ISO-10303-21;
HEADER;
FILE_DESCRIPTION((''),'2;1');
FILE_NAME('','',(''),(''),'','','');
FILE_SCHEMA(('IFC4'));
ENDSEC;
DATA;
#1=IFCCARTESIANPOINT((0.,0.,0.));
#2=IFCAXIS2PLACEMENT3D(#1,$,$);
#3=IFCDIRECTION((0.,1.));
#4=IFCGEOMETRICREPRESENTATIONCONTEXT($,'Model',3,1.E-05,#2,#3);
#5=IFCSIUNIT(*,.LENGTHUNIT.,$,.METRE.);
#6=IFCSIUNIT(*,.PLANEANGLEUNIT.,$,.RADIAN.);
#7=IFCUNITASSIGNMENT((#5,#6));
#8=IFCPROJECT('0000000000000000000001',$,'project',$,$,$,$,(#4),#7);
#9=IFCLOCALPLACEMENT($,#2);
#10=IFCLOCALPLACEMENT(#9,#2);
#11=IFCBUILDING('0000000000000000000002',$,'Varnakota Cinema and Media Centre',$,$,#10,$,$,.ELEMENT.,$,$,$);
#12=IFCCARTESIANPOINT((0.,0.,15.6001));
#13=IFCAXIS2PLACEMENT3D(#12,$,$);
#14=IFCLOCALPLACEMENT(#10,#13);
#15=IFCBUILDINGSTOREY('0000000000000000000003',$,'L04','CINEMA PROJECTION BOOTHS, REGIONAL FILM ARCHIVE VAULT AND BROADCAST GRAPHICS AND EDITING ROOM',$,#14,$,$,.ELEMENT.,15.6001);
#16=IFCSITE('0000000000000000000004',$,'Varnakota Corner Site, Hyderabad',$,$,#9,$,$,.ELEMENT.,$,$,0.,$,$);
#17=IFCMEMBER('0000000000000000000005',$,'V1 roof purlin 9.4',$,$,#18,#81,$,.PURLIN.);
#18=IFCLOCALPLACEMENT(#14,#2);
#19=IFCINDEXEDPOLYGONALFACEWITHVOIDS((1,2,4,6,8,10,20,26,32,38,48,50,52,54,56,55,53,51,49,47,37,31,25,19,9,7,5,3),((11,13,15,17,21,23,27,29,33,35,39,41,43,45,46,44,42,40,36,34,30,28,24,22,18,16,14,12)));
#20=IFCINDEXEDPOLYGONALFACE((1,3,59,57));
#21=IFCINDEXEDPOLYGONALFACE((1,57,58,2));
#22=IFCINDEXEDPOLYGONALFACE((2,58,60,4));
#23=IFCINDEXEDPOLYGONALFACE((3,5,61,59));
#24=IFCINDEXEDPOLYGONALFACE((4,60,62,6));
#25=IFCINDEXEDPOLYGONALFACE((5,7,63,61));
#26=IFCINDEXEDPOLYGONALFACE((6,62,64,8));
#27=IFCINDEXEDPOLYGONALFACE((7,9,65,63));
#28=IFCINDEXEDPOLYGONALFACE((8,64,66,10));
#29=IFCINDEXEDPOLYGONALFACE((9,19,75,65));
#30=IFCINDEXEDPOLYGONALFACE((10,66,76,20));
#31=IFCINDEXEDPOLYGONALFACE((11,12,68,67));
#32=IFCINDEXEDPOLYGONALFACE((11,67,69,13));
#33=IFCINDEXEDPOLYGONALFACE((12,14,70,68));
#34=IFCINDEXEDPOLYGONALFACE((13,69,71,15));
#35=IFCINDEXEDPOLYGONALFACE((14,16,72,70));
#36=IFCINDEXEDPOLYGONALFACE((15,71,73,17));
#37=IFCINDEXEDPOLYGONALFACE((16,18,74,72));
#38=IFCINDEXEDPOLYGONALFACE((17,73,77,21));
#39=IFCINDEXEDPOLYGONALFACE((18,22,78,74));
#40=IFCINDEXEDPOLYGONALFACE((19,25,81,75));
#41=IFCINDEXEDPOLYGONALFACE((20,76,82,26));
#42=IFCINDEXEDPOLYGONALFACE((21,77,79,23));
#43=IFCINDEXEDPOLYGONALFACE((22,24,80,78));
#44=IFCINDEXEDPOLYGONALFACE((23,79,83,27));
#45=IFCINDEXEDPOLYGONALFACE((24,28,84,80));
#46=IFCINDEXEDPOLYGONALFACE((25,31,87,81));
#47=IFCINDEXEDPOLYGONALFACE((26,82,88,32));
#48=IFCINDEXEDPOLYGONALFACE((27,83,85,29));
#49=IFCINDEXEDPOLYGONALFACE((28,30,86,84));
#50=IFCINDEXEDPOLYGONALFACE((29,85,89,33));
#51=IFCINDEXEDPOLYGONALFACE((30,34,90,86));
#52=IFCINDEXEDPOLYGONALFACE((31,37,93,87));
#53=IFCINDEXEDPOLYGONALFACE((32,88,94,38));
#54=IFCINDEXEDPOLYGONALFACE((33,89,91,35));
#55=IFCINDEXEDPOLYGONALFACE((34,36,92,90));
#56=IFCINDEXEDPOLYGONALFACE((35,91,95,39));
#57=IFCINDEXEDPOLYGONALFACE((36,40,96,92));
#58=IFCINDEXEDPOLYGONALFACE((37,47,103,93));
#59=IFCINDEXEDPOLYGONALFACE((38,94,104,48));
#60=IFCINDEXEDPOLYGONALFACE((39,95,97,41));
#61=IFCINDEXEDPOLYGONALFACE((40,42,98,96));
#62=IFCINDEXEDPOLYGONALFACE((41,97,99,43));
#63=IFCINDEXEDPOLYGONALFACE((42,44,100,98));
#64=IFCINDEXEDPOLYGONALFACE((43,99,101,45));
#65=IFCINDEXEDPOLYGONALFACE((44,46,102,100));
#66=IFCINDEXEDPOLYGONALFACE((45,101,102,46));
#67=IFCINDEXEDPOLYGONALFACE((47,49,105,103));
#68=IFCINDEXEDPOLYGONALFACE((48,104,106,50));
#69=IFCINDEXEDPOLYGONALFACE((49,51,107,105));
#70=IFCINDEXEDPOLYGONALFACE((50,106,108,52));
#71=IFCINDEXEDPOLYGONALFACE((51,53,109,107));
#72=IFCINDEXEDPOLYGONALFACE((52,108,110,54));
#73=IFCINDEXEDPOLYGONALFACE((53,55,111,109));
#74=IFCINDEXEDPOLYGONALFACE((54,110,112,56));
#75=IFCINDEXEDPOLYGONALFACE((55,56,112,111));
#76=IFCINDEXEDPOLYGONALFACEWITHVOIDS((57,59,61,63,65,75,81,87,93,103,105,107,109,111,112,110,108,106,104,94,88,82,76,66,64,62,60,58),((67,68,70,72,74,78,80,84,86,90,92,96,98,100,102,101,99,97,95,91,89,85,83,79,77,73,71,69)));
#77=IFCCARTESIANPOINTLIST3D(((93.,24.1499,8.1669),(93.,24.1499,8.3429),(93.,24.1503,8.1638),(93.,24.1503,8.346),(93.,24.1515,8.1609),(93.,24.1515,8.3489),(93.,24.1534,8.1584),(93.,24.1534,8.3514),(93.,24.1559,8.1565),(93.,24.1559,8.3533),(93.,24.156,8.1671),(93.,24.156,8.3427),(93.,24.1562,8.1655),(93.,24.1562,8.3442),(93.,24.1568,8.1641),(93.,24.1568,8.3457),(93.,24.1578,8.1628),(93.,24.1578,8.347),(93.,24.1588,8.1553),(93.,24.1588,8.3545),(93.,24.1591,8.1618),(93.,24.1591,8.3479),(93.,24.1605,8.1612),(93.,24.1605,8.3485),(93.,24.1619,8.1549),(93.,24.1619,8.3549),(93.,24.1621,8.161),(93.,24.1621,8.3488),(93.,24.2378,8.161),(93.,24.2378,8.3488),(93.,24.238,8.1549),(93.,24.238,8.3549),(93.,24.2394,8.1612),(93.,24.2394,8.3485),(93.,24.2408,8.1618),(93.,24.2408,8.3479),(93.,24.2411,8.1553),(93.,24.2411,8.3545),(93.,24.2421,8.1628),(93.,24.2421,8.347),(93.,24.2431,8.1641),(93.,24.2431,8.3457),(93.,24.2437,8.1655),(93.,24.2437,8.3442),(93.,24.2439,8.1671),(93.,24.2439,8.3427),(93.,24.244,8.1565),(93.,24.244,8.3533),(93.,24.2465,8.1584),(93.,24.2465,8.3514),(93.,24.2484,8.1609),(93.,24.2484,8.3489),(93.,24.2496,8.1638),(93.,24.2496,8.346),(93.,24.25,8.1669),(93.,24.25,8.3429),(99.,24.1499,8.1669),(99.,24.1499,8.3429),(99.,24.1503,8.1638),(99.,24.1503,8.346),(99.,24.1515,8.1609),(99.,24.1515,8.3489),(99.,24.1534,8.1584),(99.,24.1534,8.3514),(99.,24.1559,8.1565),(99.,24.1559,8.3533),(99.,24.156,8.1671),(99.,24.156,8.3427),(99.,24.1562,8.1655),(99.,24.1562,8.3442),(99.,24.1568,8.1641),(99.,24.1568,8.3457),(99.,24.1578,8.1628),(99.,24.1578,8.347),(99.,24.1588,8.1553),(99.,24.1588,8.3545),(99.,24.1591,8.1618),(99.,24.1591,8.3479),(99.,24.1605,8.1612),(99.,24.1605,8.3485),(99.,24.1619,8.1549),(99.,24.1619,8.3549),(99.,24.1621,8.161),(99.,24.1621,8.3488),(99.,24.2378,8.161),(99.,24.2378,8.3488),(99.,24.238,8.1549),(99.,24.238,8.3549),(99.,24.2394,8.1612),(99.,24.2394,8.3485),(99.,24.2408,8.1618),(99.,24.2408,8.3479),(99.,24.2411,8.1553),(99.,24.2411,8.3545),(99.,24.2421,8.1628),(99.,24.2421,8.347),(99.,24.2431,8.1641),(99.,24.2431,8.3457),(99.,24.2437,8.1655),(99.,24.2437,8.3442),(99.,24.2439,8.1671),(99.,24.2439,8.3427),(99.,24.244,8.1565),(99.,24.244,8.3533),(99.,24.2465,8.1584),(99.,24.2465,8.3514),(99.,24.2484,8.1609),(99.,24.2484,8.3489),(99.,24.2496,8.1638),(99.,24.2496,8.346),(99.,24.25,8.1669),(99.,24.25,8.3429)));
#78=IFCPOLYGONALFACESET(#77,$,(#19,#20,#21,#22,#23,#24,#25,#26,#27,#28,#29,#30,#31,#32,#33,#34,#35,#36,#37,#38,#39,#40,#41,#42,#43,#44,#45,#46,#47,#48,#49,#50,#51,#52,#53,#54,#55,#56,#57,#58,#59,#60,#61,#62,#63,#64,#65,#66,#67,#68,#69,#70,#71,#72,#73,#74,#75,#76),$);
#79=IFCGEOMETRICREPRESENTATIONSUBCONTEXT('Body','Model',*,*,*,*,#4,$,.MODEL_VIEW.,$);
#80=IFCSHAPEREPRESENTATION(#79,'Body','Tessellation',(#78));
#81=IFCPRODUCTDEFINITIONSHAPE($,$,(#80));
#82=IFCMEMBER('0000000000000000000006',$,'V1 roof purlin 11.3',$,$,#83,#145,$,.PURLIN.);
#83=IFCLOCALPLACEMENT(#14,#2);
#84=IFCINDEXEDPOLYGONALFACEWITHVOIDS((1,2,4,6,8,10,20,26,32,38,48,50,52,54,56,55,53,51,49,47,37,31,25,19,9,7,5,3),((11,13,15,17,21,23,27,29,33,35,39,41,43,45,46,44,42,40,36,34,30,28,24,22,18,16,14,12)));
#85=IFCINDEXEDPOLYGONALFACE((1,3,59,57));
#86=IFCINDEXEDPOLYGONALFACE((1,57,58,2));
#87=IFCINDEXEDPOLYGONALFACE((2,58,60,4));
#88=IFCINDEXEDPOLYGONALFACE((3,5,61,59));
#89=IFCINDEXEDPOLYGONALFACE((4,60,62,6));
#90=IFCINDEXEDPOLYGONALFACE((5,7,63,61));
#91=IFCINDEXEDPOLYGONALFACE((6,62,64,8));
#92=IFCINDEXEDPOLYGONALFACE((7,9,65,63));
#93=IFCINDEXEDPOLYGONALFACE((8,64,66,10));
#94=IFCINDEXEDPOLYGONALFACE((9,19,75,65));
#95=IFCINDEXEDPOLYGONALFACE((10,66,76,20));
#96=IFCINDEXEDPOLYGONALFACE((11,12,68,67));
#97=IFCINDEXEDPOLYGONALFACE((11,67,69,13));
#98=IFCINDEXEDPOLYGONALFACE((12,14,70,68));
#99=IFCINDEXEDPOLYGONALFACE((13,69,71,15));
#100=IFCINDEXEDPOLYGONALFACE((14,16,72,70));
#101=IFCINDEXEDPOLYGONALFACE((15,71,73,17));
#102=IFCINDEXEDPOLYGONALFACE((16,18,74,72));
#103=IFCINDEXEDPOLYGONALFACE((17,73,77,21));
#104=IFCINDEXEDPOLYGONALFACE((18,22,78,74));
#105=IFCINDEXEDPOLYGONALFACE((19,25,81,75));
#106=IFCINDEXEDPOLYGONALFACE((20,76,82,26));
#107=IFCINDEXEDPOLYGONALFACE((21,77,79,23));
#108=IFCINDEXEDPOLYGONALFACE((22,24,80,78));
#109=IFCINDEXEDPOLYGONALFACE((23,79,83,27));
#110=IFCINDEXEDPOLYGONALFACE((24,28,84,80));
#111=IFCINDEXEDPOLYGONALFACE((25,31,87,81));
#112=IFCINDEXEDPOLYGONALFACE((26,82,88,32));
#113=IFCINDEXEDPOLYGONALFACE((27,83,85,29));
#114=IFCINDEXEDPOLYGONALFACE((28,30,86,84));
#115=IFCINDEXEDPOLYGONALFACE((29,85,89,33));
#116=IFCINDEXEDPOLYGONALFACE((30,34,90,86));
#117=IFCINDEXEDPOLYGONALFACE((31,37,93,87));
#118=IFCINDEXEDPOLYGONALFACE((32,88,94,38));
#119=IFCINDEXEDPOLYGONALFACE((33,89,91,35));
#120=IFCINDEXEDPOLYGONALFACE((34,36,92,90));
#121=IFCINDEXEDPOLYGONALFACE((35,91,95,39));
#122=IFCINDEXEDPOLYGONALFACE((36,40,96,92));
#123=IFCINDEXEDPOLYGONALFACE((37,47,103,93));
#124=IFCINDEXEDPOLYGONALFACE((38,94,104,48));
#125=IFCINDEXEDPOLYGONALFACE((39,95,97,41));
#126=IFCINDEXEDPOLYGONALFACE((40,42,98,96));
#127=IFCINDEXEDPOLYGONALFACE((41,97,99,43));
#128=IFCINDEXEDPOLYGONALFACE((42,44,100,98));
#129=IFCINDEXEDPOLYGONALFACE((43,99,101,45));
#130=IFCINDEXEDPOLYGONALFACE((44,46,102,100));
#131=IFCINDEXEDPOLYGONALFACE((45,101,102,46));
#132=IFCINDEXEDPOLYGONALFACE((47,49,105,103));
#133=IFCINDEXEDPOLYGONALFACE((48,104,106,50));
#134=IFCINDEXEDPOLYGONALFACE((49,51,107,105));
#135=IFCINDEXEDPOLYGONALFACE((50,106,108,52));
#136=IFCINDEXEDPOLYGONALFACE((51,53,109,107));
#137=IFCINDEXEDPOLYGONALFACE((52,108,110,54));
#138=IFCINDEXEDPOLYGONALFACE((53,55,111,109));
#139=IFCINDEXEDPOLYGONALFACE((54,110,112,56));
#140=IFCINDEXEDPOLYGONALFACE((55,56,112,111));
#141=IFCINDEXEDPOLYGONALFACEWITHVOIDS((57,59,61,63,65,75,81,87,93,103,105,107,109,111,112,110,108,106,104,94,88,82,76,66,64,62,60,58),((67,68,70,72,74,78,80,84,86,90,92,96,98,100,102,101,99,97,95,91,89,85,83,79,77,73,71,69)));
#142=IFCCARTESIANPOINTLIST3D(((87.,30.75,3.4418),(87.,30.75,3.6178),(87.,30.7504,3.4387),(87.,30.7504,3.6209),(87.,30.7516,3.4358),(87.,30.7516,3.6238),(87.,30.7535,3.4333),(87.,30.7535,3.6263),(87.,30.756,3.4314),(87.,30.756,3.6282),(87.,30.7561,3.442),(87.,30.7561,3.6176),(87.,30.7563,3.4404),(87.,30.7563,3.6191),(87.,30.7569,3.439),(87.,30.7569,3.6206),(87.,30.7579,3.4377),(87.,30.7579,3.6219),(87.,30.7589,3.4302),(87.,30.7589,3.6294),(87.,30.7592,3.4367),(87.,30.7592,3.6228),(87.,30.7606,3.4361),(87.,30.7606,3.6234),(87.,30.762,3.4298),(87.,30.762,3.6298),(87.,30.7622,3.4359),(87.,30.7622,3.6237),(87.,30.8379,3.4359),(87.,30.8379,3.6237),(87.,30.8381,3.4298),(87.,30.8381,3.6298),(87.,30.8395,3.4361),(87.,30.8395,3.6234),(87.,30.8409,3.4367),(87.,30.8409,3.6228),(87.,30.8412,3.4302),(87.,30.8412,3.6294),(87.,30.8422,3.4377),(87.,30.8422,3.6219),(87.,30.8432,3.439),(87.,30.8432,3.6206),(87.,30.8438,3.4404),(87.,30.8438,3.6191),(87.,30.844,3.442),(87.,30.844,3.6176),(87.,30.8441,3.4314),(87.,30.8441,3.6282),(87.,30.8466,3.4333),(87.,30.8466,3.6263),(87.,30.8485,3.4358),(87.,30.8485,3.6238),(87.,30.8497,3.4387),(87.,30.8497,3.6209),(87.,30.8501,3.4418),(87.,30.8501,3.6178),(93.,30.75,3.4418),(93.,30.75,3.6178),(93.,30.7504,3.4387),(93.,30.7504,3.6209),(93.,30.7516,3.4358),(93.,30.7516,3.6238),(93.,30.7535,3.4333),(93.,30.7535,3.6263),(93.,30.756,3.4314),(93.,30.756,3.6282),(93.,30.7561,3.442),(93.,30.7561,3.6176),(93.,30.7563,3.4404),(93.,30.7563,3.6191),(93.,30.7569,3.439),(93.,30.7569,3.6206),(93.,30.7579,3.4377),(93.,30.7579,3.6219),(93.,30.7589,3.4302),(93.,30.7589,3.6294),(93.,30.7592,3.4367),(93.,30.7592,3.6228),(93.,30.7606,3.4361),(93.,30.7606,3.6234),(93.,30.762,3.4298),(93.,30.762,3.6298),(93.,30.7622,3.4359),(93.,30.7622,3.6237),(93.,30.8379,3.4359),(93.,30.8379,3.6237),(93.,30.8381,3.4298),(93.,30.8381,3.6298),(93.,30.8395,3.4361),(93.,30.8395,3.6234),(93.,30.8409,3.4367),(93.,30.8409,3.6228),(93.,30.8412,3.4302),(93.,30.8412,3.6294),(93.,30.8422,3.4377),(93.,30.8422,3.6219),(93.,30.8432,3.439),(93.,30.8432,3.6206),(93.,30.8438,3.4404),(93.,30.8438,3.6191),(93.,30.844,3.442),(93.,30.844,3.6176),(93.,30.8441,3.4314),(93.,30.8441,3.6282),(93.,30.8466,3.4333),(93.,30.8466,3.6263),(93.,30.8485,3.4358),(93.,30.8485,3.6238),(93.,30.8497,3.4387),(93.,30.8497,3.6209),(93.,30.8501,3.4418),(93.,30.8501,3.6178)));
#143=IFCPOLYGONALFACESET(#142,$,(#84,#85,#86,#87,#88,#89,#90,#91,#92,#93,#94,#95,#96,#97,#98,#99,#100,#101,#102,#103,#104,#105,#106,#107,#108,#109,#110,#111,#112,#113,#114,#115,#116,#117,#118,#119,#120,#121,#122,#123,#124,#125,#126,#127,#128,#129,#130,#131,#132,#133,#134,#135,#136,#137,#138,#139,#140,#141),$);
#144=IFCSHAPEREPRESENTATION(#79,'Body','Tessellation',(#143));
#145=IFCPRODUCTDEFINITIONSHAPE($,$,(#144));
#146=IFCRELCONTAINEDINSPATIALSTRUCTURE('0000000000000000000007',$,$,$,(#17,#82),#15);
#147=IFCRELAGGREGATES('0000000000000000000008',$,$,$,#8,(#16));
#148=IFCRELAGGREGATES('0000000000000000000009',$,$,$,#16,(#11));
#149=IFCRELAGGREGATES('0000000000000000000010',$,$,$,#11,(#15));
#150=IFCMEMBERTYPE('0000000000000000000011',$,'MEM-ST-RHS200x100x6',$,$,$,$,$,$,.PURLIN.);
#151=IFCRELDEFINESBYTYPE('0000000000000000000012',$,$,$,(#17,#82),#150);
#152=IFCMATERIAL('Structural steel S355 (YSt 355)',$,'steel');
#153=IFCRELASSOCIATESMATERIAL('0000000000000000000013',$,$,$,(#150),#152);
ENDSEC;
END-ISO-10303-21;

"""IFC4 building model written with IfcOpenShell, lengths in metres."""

from ifc_helpers import new_model, si_unit, direction, frame, origin, origin_2d, place, context, subcontext, project, spatial, hollow_rectangle, extrude, material, material_profile, profile_set, type_object, element, save


model = new_model("IFC4")

# Units and contexts
model_context = context("Model", 3, precision=1e-05, world=origin(), true_north=direction((0.0, 1.0)))
body_context = subcontext(model_context, "Body", "Model", "MODEL_VIEW")
ifc_project = project(units=[si_unit("LENGTHUNIT", "METRE"), si_unit("PLANEANGLEUNIT", "RADIAN")], contexts=[model_context])

# Site, building, storey
site_placement = place(None, origin())
site = spatial("IfcSite", under=ifc_project, at=site_placement, Name="Varnakota Corner Site, Hyderabad", CompositionType="ELEMENT", RefElevation=0.0)
building_placement = place(site_placement, origin())
building = spatial("IfcBuilding", under=site, at=building_placement, Name="Varnakota Cinema and Media Centre", CompositionType="ELEMENT")
storey_placement = place(building_placement, frame((0.0, 0.0, 15.6001)))
storey = spatial("IfcBuildingStorey", under=building, at=storey_placement, Name="L04", Description="CINEMA PROJECTION BOOTHS, REGIONAL FILM ARCHIVE VAULT AND BROADCAST GRAPHICS AND EDITING ROOM", CompositionType="ELEMENT", Elevation=15.6001)

# Members
ifc_material_1 = material(Name="Structural steel S355 (YSt 355)", Category="steel")
ifc_material_profile_1 = material_profile(ifc_material_1, hollow_rectangle(XDim=0.1001, YDim=0.2, WallThickness=0.0061, InnerFilletRadius=0.0061, OuterFilletRadius=0.012, at=origin_2d()), Name="RHS 200x100x6")
ifc_profile_set_1 = profile_set([ifc_material_profile_1], Name="Structural steel S355 (YSt 355)")
member_type_1 = type_object("IfcMemberType", Name="MEM-ST-RHS200x100x6", PredefinedType="PURLIN", material=ifc_profile_set_1)
for number, where, z_axis, x_axis, name in (
    (1, (93.0, 24.2, 8.2549), (1.0, 0.0, 0.0), (0.0, 1.0, 0.0), "V1 roof purlin 9.4"),
    (2, (87.0, 30.8, 3.5298), (1.0, 0.0, 0.0), (0.0, 1.0, 0.0), "V1 roof purlin 11.3"),
):
    element("IfcMember", number, at=place(storey_placement, frame(where, z_axis=z_axis, x_axis=x_axis)), inside=storey, type_object=member_type_1, Name=name, PredefinedType="PURLIN", context=body_context, shape_type="SweptSolid", body=[
        extrude(hollow_rectangle(XDim=0.1001, YDim=0.2, WallThickness=0.0061, InnerFilletRadius=0.0061, OuterFilletRadius=0.012, at=origin_2d()), origin(), (0.0, 0.0, 1.0), 6.0),
    ])

save(model, "model.ifc")
